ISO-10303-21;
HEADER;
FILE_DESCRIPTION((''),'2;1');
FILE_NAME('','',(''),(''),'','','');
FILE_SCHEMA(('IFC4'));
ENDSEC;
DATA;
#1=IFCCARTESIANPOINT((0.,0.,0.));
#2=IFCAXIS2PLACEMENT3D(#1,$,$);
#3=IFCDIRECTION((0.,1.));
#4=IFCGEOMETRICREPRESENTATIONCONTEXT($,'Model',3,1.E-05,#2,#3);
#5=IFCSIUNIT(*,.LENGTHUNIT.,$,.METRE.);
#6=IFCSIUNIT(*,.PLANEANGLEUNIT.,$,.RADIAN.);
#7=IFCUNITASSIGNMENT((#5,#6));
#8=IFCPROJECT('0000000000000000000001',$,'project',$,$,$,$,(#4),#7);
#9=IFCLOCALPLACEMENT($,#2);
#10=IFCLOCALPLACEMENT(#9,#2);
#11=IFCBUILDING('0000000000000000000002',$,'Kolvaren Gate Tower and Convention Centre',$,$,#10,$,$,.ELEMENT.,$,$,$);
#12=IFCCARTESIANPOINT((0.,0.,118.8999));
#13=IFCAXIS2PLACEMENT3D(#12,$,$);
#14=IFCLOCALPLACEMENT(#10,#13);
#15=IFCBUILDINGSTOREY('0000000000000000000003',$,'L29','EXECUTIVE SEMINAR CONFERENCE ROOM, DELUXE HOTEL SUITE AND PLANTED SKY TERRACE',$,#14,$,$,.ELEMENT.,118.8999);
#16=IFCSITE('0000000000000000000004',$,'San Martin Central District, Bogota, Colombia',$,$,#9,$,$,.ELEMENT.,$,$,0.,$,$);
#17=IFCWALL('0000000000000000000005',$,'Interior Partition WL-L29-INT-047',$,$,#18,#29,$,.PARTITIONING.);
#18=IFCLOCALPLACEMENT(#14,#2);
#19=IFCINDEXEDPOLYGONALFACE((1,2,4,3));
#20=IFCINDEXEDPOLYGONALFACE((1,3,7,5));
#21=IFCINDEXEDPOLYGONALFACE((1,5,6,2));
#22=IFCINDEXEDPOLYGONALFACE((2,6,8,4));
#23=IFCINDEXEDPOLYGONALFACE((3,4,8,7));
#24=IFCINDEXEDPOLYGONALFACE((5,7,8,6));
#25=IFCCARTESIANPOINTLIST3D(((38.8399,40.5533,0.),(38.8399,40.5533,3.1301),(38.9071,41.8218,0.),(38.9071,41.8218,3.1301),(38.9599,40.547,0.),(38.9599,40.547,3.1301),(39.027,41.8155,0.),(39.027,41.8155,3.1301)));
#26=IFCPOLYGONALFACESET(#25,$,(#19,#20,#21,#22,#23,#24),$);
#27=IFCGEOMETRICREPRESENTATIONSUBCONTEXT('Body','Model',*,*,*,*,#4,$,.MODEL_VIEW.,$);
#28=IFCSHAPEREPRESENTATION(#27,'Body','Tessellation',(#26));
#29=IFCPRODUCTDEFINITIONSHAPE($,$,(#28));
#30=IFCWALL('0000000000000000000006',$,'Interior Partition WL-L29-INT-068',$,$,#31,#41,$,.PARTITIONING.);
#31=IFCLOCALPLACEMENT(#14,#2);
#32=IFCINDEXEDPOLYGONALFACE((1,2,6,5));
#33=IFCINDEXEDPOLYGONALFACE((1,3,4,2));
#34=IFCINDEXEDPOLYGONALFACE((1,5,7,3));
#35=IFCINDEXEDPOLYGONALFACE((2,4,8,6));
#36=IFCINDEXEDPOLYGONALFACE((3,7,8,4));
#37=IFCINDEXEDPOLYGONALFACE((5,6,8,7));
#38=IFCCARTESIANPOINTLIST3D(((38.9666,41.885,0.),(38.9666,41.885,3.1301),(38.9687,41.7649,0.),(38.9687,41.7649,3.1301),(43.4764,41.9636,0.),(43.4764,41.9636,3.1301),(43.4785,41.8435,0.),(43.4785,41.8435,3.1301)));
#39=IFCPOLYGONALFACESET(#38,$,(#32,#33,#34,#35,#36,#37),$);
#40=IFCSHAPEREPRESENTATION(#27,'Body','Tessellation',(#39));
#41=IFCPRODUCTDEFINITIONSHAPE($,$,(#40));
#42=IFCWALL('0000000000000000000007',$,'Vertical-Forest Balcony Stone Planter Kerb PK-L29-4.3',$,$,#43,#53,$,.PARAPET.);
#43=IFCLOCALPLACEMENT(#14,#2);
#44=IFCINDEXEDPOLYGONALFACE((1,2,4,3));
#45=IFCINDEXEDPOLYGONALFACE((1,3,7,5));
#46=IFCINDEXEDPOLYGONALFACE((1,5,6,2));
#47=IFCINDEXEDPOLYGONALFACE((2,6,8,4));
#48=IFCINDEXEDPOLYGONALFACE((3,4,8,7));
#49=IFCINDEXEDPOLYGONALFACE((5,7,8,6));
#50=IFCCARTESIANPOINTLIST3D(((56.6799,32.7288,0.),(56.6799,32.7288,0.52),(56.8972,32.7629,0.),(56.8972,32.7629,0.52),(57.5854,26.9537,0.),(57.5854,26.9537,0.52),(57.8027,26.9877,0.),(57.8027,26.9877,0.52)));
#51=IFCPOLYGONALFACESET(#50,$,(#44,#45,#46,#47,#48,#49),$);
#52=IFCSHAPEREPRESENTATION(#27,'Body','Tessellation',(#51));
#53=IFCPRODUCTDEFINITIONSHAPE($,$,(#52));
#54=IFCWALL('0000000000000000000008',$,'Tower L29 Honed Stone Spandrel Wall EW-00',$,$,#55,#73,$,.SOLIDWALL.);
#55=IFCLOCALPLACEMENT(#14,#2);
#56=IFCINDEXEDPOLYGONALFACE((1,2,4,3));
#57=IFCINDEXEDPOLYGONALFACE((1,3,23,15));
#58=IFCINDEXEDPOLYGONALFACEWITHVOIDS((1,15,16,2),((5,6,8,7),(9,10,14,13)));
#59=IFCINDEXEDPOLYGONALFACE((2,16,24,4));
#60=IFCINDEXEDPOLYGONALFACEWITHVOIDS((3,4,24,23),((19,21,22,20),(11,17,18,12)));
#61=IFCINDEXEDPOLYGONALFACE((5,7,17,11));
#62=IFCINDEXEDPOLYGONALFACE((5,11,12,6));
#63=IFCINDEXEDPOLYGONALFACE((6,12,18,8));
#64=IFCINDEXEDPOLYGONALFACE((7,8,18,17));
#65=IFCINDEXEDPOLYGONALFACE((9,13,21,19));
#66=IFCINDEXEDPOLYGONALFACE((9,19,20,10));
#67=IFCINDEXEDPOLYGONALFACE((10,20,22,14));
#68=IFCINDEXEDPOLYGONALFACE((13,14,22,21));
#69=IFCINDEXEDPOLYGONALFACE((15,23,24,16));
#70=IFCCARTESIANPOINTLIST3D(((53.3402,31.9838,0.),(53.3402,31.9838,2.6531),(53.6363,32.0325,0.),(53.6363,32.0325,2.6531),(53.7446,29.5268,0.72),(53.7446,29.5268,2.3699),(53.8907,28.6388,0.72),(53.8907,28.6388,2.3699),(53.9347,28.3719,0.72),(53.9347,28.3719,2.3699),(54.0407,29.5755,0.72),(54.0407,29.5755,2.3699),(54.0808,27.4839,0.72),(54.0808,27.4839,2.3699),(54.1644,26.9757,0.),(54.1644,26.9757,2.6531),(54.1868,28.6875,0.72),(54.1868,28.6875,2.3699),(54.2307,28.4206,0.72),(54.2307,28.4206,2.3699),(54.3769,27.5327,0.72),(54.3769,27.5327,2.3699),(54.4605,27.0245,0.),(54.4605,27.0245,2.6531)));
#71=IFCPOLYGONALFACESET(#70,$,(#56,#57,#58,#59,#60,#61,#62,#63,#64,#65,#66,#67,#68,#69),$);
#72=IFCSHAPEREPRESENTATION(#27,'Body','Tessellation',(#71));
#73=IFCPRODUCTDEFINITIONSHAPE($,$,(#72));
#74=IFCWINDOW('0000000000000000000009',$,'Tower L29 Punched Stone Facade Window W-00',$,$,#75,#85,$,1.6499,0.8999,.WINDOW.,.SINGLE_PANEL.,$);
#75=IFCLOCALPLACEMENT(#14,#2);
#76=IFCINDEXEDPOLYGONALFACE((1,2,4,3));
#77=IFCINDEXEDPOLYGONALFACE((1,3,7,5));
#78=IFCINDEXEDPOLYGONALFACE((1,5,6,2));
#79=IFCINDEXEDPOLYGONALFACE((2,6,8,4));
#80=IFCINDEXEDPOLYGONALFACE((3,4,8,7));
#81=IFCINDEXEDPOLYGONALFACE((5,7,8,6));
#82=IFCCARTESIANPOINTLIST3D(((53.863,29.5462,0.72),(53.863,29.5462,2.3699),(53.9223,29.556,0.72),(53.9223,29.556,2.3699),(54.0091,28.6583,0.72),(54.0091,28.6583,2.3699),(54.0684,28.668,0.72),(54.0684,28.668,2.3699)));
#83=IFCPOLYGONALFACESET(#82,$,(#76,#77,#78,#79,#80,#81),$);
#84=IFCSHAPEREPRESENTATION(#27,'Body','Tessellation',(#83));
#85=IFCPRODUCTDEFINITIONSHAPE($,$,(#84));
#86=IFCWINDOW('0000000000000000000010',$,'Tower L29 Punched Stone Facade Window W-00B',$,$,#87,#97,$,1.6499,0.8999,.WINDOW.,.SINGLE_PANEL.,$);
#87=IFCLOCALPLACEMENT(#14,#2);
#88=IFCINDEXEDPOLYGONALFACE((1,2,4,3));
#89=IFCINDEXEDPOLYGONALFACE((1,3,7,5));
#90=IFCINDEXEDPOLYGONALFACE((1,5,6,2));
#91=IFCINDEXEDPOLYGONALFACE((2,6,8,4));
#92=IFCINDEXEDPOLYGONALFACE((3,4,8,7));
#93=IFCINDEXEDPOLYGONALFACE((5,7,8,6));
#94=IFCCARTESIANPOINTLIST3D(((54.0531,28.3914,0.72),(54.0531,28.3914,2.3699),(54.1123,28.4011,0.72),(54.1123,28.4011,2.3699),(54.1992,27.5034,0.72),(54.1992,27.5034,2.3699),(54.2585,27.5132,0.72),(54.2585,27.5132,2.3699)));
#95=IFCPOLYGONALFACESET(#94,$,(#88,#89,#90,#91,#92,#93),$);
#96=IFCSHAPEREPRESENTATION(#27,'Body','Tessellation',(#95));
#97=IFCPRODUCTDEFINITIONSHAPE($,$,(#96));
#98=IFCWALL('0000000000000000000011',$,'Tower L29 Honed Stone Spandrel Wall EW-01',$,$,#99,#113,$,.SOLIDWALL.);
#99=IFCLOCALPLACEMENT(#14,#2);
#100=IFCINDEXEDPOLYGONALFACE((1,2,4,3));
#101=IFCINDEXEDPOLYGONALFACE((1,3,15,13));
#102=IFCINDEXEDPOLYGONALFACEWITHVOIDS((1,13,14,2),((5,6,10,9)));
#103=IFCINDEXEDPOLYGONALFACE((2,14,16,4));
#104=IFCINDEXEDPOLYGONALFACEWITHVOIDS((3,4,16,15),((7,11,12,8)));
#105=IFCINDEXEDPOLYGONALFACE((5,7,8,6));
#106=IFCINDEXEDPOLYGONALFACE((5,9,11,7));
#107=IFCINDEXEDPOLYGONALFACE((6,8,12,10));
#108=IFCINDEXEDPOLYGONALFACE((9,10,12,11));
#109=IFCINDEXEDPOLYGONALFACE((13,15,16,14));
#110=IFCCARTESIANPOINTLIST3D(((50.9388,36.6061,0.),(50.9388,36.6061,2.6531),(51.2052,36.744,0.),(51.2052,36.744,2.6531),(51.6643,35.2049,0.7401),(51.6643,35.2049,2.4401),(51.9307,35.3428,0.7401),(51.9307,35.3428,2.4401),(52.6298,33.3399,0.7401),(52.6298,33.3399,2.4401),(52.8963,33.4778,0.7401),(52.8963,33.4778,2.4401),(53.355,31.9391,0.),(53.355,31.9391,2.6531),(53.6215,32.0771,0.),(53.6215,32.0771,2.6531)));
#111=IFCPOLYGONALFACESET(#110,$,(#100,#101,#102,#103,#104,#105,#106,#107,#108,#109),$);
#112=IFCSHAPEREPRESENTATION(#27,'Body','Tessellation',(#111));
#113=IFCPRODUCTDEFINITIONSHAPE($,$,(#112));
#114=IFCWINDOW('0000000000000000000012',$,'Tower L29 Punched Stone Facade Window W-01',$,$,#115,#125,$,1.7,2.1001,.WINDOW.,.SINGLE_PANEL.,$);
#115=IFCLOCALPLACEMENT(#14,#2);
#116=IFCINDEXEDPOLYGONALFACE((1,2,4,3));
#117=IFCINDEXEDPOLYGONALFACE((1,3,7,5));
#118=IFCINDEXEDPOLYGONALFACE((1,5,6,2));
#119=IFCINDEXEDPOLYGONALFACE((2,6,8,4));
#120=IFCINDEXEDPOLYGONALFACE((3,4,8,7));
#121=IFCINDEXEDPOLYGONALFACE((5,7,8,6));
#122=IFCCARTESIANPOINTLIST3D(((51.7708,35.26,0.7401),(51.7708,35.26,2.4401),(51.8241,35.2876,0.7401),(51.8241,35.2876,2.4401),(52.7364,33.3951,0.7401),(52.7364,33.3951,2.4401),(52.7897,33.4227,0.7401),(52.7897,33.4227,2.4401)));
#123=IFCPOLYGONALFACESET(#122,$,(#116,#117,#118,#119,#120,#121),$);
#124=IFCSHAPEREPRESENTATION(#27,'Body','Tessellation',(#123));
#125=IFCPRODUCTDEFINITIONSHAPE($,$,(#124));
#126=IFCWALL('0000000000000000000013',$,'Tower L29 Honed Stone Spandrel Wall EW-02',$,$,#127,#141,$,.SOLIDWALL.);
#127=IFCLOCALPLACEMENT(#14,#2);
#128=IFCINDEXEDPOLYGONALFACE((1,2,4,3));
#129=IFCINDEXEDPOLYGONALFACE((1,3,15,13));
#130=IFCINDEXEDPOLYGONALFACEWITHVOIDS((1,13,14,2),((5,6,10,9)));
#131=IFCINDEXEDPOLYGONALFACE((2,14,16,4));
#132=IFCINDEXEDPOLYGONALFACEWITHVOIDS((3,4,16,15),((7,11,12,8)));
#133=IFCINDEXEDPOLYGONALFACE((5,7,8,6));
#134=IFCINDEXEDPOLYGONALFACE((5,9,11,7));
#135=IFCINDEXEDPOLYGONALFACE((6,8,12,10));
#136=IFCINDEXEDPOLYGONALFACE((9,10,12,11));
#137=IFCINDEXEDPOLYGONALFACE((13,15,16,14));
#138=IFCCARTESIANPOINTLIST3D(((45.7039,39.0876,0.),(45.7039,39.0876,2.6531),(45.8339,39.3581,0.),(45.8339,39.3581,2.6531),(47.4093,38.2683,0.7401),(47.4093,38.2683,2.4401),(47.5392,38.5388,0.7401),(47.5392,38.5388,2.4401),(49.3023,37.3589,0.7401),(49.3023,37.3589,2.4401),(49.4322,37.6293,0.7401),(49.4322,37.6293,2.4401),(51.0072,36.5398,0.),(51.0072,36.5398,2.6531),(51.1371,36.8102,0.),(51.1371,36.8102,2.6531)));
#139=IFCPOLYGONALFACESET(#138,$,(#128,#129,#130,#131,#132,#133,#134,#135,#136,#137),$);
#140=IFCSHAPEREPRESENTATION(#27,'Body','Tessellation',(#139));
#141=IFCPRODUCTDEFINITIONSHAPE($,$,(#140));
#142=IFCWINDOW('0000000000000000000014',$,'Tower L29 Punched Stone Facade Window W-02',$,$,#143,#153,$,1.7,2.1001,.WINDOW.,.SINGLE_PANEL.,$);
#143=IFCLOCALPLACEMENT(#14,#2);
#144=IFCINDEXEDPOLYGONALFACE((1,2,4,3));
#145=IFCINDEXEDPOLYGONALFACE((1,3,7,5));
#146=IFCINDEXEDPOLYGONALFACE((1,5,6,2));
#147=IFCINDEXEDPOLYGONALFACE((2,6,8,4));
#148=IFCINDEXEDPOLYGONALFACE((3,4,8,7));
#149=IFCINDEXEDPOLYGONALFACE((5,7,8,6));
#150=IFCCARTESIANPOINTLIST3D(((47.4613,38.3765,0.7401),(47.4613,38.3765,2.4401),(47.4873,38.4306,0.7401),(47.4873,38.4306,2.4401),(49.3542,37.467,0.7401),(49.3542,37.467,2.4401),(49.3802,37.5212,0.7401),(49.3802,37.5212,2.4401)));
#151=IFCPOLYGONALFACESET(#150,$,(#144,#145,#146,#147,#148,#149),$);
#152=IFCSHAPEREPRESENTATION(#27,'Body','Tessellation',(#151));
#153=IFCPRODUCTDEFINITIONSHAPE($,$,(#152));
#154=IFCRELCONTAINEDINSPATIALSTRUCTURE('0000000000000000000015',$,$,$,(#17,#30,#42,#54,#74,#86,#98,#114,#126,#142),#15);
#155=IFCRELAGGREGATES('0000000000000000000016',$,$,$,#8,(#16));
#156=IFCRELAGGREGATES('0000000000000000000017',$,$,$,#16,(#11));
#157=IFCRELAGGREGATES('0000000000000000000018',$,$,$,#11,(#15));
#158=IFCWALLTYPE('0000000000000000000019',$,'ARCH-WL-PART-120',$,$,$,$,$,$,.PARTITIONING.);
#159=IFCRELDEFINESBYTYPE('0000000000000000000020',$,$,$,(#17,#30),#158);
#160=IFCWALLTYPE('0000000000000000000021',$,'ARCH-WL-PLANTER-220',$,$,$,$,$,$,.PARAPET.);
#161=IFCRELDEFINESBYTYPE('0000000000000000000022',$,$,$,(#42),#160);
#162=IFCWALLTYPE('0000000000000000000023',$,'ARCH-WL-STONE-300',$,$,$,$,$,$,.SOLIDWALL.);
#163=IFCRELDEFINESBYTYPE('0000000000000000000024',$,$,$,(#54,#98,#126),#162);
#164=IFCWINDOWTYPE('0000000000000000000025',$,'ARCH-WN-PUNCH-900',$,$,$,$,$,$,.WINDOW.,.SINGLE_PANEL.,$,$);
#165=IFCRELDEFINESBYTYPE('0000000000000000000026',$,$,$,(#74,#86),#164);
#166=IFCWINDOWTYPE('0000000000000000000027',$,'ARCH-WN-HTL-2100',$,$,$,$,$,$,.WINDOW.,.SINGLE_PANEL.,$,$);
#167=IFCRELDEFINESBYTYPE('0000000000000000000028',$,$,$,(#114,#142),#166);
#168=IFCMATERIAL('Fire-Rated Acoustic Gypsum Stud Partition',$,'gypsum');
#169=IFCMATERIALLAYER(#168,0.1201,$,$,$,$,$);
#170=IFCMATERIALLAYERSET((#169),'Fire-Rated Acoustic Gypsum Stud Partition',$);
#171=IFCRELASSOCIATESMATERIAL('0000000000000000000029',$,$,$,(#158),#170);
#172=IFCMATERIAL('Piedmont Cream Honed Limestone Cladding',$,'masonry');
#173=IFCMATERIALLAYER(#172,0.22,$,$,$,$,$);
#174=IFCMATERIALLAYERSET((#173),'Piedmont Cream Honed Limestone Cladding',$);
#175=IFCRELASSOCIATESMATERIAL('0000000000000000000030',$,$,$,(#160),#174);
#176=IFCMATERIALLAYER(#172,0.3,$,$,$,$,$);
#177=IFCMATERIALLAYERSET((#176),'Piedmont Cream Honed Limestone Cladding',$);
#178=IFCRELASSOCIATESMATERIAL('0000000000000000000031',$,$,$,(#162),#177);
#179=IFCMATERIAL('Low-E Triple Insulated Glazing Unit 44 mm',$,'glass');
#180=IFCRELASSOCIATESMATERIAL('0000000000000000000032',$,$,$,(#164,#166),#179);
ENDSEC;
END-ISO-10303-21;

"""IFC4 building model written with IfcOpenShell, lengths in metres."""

from ifc_helpers import new_model, si_unit, direction, frame, frame_2d, origin, place, context, subcontext, project, spatial, rectangle, extrude, material, layer, layer_set, type_object, element, fill, save


model = new_model("IFC4")

# Units and contexts
model_context = context("Model", 3, precision=1e-05, world=origin(), true_north=direction((0.0, 1.0)))
body_context = subcontext(model_context, "Body", "Model", "MODEL_VIEW")
ifc_project = project(units=[si_unit("LENGTHUNIT", "METRE"), si_unit("PLANEANGLEUNIT", "RADIAN")], contexts=[model_context])

# Site, building, storey
site_placement = place(None, origin())
site = spatial("IfcSite", under=ifc_project, at=site_placement, Name="San Martin Central District, Bogota, Colombia", CompositionType="ELEMENT", RefElevation=0.0)
building_placement = place(site_placement, origin())
building = spatial("IfcBuilding", under=site, at=building_placement, Name="Kolvaren Gate Tower and Convention Centre", CompositionType="ELEMENT")
storey_placement = place(building_placement, frame((0.0, 0.0, 118.8999)))
storey = spatial("IfcBuildingStorey", under=building, at=storey_placement, Name="L29", Description="EXECUTIVE SEMINAR CONFERENCE ROOM, DELUXE HOTEL SUITE AND PLANTED SKY TERRACE", CompositionType="ELEMENT", Elevation=118.8999)

# Walls
ifc_material_1 = material(Name="Fire-Rated Acoustic Gypsum Stud Partition", Category="gypsum")
ifc_layer_1 = layer(ifc_material_1, 0.1201)
ifc_layer_set_1 = layer_set([ifc_layer_1], Name="Fire-Rated Acoustic Gypsum Stud Partition")
wall_type_1 = type_object("IfcWallType", Name="ARCH-WL-PART-120", PredefinedType="PARTITIONING", material=ifc_layer_set_1)
wall_1_placement = place(storey_placement, frame((38.8999, 40.55, 0.0), z_axis=(0.0, 0.0, 1.0), x_axis=(0.052851, 0.998602, 0.0)))
element("IfcWall", 1, at=wall_1_placement, inside=storey, type_object=wall_type_1, Name="Interior Partition WL-L29-INT-047", PredefinedType="PARTITIONING", context=body_context, shape_type="SweptSolid", body=[
    extrude(rectangle(XDim=1.2703, YDim=0.1201, at=frame_2d((0.6353, 0.0))), origin(), (0.0, 0.0, 1.0), 3.1301),
])
wall_2_placement = place(storey_placement, frame((38.9675, 41.825, 0.0), z_axis=(0.0, 0.0, 1.0), x_axis=(0.999848, 0.017429, 0.0)))
element("IfcWall", 2, at=wall_2_placement, inside=storey, type_object=wall_type_1, Name="Interior Partition WL-L29-INT-068", PredefinedType="PARTITIONING", context=body_context, shape_type="SweptSolid", body=[
    extrude(rectangle(XDim=4.5105, YDim=0.1201, at=frame_2d((2.2554, 0.0))), origin(), (0.0, 0.0, 1.0), 3.1301),
])
ifc_material_2 = material(Name="Piedmont Cream Honed Limestone Cladding", Category="masonry")
ifc_layer_2 = layer(ifc_material_2, 0.22)
ifc_layer_set_2 = layer_set([ifc_layer_2], Name="Piedmont Cream Honed Limestone Cladding")
wall_type_2 = type_object("IfcWallType", Name="ARCH-WL-PLANTER-220", PredefinedType="PARAPET", material=ifc_layer_set_2)
wall_3_placement = place(storey_placement, frame((56.7886, 32.7458, 0.0), z_axis=(0.0, 0.0, 1.0), x_axis=(0.154903, -0.98793, 0.0)))
element("IfcWall", 3, at=wall_3_placement, inside=storey, type_object=wall_type_2, Name="Vertical-Forest Balcony Stone Planter Kerb PK-L29-4.3", PredefinedType="PARAPET", context=body_context, shape_type="SweptSolid", body=[
    extrude(rectangle(XDim=5.8457, YDim=0.22, at=frame_2d((2.9229, 0.0))), origin(), (0.0, 0.0, 1.0), 0.52),
])

# Wall, openings, windows
ifc_layer_3 = layer(ifc_material_2, 0.3)
ifc_layer_set_3 = layer_set([ifc_layer_3], Name="Piedmont Cream Honed Limestone Cladding")
wall_type_3 = type_object("IfcWallType", Name="ARCH-WL-STONE-300", PredefinedType="SOLIDWALL", material=ifc_layer_set_3)
wall_4_placement = place(storey_placement, frame((53.4883, 32.0081, 0.0), z_axis=(0.0, 0.0, 1.0), x_axis=(0.162394, -0.986726, 0.0)))
wall_4 = element("IfcWall", 4, at=wall_4_placement, inside=storey, type_object=wall_type_3, Name="Tower L29 Honed Stone Spandrel Wall EW-00", PredefinedType="SOLIDWALL", context=body_context, shape_type="SweptSolid", body=[
    extrude(rectangle(XDim=5.0754, YDim=0.3, at=frame_2d((2.5376, 0.0))), origin(), (0.0, 0.0, 1.0), 2.6531),
])
opening_1_placement = place(wall_4_placement, frame((2.49, 0.0, 0.72)))
opening_1 = element("IfcOpeningElement", 5, at=opening_1_placement, cuts=wall_4, PredefinedType="OPENING", context=body_context, shape_type="SweptSolid", body=[
    extrude(rectangle(XDim=0.8999, YDim=1.6499, at=frame_2d((0.45, 0.825))), frame((0.0, 0.1599, 0.0), z_axis=(0.0, -1.0, 0.0), x_axis=(1.0, 0.0, 0.0)), (0.0, 0.0, 1.0), 0.3201),
])
opening_2_placement = place(wall_4_placement, frame((3.6604, 0.0, 0.72)))
opening_2 = element("IfcOpeningElement", 6, at=opening_2_placement, cuts=wall_4, PredefinedType="OPENING", context=body_context, shape_type="SweptSolid", body=[
    extrude(rectangle(XDim=0.8999, YDim=1.6499, at=frame_2d((0.45, 0.825))), frame((0.0, 0.1599, 0.0), z_axis=(0.0, -1.0, 0.0), x_axis=(1.0, 0.0, 0.0)), (0.0, 0.0, 1.0), 0.3201),
])
ifc_material_3 = material(Name="Low-E Triple Insulated Glazing Unit 44 mm", Category="glass")
window_type_1 = type_object("IfcWindowType", Name="ARCH-WN-PUNCH-900", PartitioningType="SINGLE_PANEL", PredefinedType="WINDOW", material=ifc_material_3)
window_1_placement = place(opening_1_placement, origin())
window_1 = element("IfcWindow", 7, at=window_1_placement, inside=storey, type_object=window_type_1, Name="Tower L29 Punched Stone Facade Window W-00", OverallHeight=1.6499, OverallWidth=0.8999, PartitioningType="SINGLE_PANEL", PredefinedType="WINDOW", context=body_context, shape_type="SweptSolid", body=[
    extrude(rectangle(XDim=0.8999, YDim=1.6499, at=frame_2d((0.45, 0.825))), frame((0.0, 0.03, 0.0), z_axis=(0.0, -1.0, 0.0), x_axis=(1.0, 0.0, 0.0)), (0.0, 0.0, 1.0), 0.0601),
])
fill(opening_1, window_1)
window_2_placement = place(opening_2_placement, origin())
window_2 = element("IfcWindow", 8, at=window_2_placement, inside=storey, type_object=window_type_1, Name="Tower L29 Punched Stone Facade Window W-00B", OverallHeight=1.6499, OverallWidth=0.8999, PartitioningType="SINGLE_PANEL", PredefinedType="WINDOW", context=body_context, shape_type="SweptSolid", body=[
    extrude(rectangle(XDim=0.8999, YDim=1.6499, at=frame_2d((0.45, 0.825))), frame((0.0, 0.03, 0.0), z_axis=(0.0, -1.0, 0.0), x_axis=(1.0, 0.0, 0.0)), (0.0, 0.0, 1.0), 0.0601),
])
fill(opening_2, window_2)

# Walls, openings, windows
wall_5_placement = place(storey_placement, frame((51.072, 36.675, 0.0), z_axis=(0.0, 0.0, 1.0), x_axis=(0.459768, -0.888039, 0.0)))
wall_5 = element("IfcWall", 9, at=wall_5_placement, inside=storey, type_object=wall_type_3, Name="Tower L29 Honed Stone Spandrel Wall EW-01", PredefinedType="SOLIDWALL", context=body_context, shape_type="SweptSolid", body=[
    extrude(rectangle(XDim=5.2554, YDim=0.3, at=frame_2d((2.6277, 0.0))), origin(), (0.0, 0.0, 1.0), 2.6531),
])
opening_3_placement = place(wall_5_placement, frame((1.5779, 0.0, 0.74)))
opening_3 = element("IfcOpeningElement", 10, at=opening_3_placement, cuts=wall_5, PredefinedType="OPENING", context=body_context, shape_type="SweptSolid", body=[
    extrude(rectangle(XDim=2.1001, YDim=1.7, at=frame_2d((1.05, 0.8501))), frame((0.0, 0.1599, 0.0), z_axis=(0.0, -1.0, 0.0), x_axis=(1.0, 0.0, 0.0)), (0.0, 0.0, 1.0), 0.3201),
])
window_type_2 = type_object("IfcWindowType", Name="ARCH-WN-HTL-2100", PartitioningType="SINGLE_PANEL", PredefinedType="WINDOW", material=ifc_material_3)
window_3_placement = place(opening_3_placement, origin())
window_3 = element("IfcWindow", 11, at=window_3_placement, inside=storey, type_object=window_type_2, Name="Tower L29 Punched Stone Facade Window W-01", OverallHeight=1.7, OverallWidth=2.1001, PartitioningType="SINGLE_PANEL", PredefinedType="WINDOW", context=body_context, shape_type="SweptSolid", body=[
    extrude(rectangle(XDim=2.1001, YDim=1.7, at=frame_2d((1.05, 0.8501))), frame((0.0, 0.03, 0.0), z_axis=(0.0, -1.0, 0.0), x_axis=(1.0, 0.0, 0.0)), (0.0, 0.0, 1.0), 0.0601),
])
fill(opening_3, window_3)
wall_6_placement = place(storey_placement, frame((45.7688, 39.2229, 0.0), z_axis=(0.0, 0.0, 1.0), x_axis=(0.90137, -0.433049, 0.0)))
wall_6 = element("IfcWall", 12, at=wall_6_placement, inside=storey, type_object=wall_type_3, Name="Tower L29 Honed Stone Spandrel Wall EW-02", PredefinedType="SOLIDWALL", context=body_context, shape_type="SweptSolid", body=[
    extrude(rectangle(XDim=5.8835, YDim=0.3, at=frame_2d((2.9419, 0.0))), origin(), (0.0, 0.0, 1.0), 2.6531),
])
opening_4_placement = place(wall_6_placement, frame((1.8921, 0.0, 0.74)))
opening_4 = element("IfcOpeningElement", 13, at=opening_4_placement, cuts=wall_6, PredefinedType="OPENING", context=body_context, shape_type="SweptSolid", body=[
    extrude(rectangle(XDim=2.1001, YDim=1.7, at=frame_2d((1.05, 0.8501))), frame((0.0, 0.1599, 0.0), z_axis=(0.0, -1.0, 0.0), x_axis=(1.0, 0.0, 0.0)), (0.0, 0.0, 1.0), 0.3201),
])
window_4_placement = place(opening_4_placement, origin())
window_4 = element("IfcWindow", 14, at=window_4_placement, inside=storey, type_object=window_type_2, Name="Tower L29 Punched Stone Facade Window W-02", OverallHeight=1.7, OverallWidth=2.1001, PartitioningType="SINGLE_PANEL", PredefinedType="WINDOW", context=body_context, shape_type="SweptSolid", body=[
    extrude(rectangle(XDim=2.1001, YDim=1.7, at=frame_2d((1.05, 0.8501))), frame((0.0, 0.03, 0.0), z_axis=(0.0, -1.0, 0.0), x_axis=(1.0, 0.0, 0.0)), (0.0, 0.0, 1.0), 0.0601),
])
fill(opening_4, window_4)

save(model, "model.ifc")
